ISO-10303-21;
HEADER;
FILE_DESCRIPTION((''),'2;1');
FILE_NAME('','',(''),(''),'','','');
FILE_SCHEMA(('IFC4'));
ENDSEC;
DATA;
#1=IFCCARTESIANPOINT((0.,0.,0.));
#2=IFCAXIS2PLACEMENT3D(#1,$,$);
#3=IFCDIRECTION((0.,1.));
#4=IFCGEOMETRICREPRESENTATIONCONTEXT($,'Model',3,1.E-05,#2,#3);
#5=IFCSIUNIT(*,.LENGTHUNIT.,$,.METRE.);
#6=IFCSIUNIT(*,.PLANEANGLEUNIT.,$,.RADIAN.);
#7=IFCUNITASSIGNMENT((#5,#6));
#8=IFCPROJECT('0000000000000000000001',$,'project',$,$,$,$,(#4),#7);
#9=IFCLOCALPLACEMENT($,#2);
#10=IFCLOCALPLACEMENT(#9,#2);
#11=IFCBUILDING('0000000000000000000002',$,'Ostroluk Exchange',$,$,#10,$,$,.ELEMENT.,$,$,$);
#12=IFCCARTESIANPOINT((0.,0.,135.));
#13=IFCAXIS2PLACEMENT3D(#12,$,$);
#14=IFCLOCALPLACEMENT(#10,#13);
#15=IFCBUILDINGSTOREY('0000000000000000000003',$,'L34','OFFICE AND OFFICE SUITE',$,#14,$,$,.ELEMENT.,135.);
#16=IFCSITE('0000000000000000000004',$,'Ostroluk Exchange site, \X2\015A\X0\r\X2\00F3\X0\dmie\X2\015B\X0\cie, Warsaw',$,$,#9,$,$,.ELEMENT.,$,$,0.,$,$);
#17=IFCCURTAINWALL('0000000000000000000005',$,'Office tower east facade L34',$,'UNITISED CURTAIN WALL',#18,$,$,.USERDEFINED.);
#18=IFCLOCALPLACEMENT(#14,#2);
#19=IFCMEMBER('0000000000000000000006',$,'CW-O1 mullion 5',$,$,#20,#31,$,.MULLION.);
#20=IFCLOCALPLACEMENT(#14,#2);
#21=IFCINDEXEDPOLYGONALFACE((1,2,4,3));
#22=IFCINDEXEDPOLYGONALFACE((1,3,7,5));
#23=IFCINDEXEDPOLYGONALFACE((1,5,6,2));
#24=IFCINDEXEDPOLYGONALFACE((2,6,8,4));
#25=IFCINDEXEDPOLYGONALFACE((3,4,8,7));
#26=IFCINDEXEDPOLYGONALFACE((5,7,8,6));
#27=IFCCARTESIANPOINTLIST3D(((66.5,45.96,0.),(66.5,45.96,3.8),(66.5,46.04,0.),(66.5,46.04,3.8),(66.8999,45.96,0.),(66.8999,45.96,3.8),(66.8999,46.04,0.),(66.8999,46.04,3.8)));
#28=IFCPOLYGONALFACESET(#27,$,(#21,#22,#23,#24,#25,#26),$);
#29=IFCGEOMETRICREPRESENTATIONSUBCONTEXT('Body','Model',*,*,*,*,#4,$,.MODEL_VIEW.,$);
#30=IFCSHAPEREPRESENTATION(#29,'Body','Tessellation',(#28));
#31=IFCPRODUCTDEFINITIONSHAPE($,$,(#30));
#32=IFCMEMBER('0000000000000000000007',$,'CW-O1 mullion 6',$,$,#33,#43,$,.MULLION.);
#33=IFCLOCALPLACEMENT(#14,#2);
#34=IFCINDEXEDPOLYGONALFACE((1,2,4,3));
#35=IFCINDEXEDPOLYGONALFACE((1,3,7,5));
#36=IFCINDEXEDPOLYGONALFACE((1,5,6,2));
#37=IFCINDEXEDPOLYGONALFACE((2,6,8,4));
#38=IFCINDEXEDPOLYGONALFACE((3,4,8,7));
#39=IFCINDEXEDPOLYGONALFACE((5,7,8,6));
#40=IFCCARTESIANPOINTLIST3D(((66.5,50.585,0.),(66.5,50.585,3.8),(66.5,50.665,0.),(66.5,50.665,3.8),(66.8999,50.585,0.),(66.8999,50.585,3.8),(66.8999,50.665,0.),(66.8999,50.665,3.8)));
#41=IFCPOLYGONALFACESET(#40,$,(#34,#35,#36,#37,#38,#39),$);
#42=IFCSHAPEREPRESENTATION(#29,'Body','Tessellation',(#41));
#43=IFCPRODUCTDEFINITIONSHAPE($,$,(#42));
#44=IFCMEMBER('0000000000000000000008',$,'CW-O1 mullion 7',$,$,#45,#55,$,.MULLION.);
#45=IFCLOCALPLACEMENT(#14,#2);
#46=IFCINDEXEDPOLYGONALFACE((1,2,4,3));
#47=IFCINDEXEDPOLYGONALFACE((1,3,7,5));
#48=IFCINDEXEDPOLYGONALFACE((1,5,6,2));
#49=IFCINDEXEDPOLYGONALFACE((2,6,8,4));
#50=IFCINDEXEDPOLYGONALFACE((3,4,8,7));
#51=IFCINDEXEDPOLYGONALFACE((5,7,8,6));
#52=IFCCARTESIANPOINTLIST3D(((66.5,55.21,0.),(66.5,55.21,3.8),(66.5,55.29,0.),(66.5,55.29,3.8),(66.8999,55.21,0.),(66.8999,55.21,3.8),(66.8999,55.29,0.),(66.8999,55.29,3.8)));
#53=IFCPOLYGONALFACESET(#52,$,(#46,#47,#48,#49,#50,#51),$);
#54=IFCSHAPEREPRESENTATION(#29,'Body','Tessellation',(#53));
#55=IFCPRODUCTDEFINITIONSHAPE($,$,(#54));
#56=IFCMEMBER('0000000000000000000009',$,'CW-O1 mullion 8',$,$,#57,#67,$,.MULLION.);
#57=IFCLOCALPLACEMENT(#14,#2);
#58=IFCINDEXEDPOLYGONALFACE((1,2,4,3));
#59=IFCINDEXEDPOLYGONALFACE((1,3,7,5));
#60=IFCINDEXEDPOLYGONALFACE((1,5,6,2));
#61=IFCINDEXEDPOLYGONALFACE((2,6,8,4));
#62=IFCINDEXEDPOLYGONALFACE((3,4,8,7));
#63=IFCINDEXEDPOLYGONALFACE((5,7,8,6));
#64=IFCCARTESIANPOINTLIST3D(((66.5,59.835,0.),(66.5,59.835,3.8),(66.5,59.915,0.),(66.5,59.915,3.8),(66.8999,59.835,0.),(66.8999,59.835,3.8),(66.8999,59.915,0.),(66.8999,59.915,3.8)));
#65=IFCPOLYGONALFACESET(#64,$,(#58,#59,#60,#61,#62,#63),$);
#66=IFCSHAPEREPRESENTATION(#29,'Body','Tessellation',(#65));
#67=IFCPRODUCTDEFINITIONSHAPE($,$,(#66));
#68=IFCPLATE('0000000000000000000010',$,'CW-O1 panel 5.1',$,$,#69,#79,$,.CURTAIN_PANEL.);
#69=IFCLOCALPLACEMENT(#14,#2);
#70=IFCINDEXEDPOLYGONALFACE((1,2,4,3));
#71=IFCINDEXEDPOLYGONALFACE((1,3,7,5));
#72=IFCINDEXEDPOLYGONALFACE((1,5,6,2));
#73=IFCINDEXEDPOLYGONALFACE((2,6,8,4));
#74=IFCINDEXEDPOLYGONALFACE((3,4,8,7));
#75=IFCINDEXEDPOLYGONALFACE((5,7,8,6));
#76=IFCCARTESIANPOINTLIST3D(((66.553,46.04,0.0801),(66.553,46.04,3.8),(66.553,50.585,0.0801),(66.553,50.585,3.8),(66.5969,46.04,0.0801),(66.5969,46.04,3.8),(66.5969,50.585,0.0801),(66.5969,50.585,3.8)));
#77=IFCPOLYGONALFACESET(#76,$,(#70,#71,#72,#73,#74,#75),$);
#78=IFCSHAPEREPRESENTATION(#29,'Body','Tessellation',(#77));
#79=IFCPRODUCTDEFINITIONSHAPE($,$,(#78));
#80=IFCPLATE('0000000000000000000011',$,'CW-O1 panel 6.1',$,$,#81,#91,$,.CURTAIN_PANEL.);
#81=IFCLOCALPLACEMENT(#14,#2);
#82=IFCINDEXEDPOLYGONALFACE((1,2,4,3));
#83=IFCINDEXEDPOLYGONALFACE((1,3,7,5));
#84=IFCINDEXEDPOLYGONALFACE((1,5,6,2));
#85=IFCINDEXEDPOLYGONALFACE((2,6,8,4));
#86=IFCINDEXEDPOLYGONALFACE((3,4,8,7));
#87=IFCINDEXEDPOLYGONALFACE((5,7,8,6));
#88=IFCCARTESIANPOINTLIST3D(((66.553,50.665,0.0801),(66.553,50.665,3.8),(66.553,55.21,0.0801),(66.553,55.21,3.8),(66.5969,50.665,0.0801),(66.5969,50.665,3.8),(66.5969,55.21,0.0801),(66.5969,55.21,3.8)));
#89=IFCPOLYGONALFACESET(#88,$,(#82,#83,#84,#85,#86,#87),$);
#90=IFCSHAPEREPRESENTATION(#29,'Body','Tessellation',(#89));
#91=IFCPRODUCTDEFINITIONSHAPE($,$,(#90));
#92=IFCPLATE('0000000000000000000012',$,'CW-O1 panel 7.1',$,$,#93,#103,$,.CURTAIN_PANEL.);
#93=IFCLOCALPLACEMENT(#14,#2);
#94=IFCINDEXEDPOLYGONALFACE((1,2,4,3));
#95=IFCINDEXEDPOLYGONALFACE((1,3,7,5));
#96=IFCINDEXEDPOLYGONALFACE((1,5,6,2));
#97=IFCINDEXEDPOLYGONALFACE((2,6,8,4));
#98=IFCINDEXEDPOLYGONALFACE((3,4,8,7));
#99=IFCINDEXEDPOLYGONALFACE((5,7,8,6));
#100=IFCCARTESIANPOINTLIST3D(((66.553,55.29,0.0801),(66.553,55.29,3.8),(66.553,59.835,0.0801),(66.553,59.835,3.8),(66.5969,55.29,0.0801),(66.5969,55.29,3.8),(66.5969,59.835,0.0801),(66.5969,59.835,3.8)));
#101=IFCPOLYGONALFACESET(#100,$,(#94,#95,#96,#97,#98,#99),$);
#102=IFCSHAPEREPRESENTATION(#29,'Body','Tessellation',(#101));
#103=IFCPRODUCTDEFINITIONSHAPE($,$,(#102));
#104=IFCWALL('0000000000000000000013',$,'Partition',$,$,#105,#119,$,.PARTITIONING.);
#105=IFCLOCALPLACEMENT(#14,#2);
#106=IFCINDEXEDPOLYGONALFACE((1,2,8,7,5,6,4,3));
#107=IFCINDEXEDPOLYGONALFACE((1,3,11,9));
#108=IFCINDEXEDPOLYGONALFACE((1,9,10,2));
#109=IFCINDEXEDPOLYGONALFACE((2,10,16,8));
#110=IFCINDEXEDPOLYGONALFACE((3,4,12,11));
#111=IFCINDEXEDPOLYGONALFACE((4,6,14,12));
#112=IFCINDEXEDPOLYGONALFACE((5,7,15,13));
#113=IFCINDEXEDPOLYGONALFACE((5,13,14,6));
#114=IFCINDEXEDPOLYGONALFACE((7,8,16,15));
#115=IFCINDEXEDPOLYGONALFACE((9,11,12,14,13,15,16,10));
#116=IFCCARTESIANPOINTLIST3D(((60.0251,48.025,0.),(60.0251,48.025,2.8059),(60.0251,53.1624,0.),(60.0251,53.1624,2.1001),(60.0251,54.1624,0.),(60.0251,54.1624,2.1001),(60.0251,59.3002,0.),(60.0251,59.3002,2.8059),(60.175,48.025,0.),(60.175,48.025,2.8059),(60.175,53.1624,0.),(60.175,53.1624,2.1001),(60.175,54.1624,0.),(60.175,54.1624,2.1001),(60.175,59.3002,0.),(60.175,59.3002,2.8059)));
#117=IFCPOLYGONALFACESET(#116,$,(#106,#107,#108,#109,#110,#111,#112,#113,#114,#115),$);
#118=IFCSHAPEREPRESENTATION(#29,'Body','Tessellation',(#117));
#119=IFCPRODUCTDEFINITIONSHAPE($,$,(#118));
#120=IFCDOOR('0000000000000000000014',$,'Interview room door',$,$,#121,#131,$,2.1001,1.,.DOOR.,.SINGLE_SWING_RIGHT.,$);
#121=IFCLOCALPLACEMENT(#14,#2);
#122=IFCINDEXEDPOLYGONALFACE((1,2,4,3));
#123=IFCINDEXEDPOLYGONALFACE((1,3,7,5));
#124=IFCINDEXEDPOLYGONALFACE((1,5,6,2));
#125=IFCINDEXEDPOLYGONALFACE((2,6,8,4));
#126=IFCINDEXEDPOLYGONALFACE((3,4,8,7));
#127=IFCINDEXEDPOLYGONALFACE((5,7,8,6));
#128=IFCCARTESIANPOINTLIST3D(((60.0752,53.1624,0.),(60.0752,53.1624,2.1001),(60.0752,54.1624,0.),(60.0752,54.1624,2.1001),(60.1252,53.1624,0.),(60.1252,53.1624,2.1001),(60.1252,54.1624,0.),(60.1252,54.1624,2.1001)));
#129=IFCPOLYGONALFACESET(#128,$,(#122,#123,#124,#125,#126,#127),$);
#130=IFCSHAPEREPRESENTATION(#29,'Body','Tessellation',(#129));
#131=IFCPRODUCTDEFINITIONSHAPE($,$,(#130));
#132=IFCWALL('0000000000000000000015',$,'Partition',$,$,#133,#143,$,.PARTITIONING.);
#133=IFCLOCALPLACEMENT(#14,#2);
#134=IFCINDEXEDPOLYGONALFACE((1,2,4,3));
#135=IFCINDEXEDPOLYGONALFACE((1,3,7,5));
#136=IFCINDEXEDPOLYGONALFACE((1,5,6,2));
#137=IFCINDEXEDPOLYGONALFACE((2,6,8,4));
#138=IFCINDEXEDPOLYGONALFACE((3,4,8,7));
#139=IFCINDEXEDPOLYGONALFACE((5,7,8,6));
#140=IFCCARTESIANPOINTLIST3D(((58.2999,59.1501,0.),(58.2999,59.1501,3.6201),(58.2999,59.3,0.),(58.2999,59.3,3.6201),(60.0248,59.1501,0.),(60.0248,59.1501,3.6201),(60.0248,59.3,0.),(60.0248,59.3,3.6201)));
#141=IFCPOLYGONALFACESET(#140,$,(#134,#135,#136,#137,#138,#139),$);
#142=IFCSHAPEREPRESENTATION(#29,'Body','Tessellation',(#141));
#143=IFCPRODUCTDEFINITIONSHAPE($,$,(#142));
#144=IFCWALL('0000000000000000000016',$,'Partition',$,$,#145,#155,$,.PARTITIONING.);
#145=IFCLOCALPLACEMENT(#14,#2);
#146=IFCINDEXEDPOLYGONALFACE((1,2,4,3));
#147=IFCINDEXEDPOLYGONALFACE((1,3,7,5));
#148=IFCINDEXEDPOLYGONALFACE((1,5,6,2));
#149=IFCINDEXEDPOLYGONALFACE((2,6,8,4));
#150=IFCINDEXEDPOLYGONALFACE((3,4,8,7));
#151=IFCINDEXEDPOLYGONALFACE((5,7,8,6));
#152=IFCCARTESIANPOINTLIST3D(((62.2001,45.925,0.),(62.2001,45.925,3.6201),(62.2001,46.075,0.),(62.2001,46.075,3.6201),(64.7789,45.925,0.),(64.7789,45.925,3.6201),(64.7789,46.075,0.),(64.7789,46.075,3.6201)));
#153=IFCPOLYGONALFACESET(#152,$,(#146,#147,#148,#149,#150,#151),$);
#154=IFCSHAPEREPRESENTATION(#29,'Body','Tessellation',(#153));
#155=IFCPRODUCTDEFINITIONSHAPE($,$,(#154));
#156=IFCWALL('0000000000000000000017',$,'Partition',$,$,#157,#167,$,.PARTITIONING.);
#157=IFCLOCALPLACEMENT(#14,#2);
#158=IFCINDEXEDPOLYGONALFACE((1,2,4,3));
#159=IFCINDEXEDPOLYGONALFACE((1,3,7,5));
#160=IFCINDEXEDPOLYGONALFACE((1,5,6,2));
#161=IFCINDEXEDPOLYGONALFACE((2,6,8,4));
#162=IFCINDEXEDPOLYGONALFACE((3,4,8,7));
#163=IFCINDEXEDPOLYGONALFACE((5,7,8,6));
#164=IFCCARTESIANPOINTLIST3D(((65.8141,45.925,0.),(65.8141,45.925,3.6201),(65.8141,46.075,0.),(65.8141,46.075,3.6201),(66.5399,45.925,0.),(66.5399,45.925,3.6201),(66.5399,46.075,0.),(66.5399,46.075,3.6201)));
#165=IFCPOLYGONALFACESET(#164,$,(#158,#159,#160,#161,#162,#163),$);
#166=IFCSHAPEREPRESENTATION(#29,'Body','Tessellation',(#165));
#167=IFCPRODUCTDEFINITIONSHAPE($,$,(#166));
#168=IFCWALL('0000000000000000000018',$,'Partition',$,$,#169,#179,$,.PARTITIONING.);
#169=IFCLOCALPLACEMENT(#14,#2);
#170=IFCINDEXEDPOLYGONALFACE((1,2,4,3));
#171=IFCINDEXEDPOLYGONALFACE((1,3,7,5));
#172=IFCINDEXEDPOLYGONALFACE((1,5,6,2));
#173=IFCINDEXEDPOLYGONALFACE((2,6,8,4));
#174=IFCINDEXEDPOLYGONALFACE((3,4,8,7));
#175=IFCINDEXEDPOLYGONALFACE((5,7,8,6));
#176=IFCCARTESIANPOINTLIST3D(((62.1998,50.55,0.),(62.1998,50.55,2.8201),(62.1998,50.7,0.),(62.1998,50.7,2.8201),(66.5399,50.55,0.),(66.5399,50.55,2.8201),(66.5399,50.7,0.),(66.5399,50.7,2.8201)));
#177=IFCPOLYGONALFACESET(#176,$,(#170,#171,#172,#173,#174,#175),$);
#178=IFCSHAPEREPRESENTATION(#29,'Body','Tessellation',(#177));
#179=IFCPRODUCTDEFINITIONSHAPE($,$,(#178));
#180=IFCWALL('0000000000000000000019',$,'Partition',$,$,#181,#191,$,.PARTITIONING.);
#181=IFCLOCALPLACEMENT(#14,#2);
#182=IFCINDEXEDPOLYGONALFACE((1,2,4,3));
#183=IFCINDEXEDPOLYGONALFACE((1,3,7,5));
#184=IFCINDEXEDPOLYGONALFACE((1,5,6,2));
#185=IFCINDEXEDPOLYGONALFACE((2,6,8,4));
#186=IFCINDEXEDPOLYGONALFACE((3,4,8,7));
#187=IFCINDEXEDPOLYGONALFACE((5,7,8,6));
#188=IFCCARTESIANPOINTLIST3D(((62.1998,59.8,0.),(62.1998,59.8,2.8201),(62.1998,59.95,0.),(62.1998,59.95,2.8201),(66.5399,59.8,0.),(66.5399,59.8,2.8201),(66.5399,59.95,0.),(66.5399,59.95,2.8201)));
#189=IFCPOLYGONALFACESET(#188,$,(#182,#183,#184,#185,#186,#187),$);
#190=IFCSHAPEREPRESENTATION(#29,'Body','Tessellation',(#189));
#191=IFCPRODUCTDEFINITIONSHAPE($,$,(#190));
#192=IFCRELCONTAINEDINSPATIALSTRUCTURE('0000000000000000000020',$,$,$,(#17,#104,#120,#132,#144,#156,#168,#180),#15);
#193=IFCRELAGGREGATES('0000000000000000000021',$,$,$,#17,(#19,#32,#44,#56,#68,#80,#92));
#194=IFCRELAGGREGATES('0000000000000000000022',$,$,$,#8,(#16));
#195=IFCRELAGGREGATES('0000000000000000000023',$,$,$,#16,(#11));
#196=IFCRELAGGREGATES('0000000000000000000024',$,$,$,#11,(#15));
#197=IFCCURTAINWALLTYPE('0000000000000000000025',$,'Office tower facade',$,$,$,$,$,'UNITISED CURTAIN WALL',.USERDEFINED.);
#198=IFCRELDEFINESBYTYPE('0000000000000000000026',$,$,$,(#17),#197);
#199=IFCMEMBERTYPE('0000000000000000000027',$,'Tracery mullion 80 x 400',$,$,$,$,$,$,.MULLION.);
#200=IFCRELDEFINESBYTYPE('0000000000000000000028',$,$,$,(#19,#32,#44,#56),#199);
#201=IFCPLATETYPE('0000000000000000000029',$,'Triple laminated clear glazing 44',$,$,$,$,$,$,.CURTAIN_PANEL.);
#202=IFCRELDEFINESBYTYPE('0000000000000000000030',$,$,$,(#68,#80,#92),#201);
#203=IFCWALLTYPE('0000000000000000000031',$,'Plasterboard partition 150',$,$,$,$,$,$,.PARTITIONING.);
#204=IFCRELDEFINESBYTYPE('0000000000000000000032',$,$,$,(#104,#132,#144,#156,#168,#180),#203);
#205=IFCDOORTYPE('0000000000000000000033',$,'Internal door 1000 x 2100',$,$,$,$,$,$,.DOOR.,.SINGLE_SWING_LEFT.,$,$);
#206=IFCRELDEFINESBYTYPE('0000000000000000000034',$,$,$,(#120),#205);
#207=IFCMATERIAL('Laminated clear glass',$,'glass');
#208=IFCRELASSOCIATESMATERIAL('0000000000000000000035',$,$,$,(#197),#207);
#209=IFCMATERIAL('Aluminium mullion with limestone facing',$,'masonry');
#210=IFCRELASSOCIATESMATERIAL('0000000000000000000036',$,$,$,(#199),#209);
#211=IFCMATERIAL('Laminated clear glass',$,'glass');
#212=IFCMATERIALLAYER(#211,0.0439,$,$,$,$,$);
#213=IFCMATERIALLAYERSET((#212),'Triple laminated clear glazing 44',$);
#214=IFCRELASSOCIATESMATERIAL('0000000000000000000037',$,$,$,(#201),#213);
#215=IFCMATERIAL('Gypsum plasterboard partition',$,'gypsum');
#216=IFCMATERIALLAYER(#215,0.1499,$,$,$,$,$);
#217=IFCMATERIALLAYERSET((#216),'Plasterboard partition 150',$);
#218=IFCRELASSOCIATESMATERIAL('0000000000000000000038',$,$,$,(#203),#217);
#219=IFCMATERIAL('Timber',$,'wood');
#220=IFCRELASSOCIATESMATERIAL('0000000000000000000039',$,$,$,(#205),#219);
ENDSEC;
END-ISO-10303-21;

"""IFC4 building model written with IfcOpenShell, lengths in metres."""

from ifc_helpers import new_model, si_unit, direction, frame, frame_2d, origin, origin_2d, place, context, subcontext, project, spatial, rectangle, extrude, material, layer, layer_set, material_profile, profile_set, type_object, element, fill, aggregate, save


model = new_model("IFC4")

# Units and contexts
model_context = context("Model", 3, precision=1e-05, world=origin(), true_north=direction((0.0, 1.0)))
body_context = subcontext(model_context, "Body", "Model", "MODEL_VIEW")
ifc_project = project(units=[si_unit("LENGTHUNIT", "METRE"), si_unit("PLANEANGLEUNIT", "RADIAN")], contexts=[model_context])

# Site, building, storey
site_placement = place(None, origin())
site = spatial("IfcSite", under=ifc_project, at=site_placement, Name="Ostroluk Exchange site, Śródmieście, Warsaw", CompositionType="ELEMENT", RefElevation=0.0)
building_placement = place(site_placement, origin())
building = spatial("IfcBuilding", under=site, at=building_placement, Name="Ostroluk Exchange", CompositionType="ELEMENT")
storey_placement = place(building_placement, frame((0.0, 0.0, 135.0)))
storey = spatial("IfcBuildingStorey", under=building, at=storey_placement, Name="L34", Description="OFFICE AND OFFICE SUITE", CompositionType="ELEMENT", Elevation=135.0)

# Curtain wall, members, plates
ifc_material_1 = material(Name="Laminated clear glass", Category="glass")
curtain_wall_type = type_object("IfcCurtainWallType", Name="Office tower facade", ElementType="UNITISED CURTAIN WALL", PredefinedType="USERDEFINED", material=ifc_material_1)
curtain_wall_placement = place(storey_placement, origin())
curtain_wall = element("IfcCurtainWall", 1, at=curtain_wall_placement, inside=storey, type_object=curtain_wall_type, Name="Office tower east facade L34", ObjectType="UNITISED CURTAIN WALL", PredefinedType="USERDEFINED")
ifc_material_2 = material(Name="Aluminium mullion with limestone facing", Category="masonry")
ifc_material_profile_1 = material_profile(ifc_material_2, rectangle(XDim=0.3999, YDim=0.0801, at=origin_2d()), Name="Tracery mullion 80 x 400")
ifc_profile_set_1 = profile_set([ifc_material_profile_1], Name="Aluminium mullion with limestone facing")
member_type_1 = type_object("IfcMemberType", Name="Tracery mullion 80 x 400", PredefinedType="MULLION", material=ifc_profile_set_1)
member_1_placement = place(storey_placement, frame((66.7, 46.0, 0.0), z_axis=(0.0, 0.0, 1.0), x_axis=(-1.0, 0.0, 0.0)))
member_1 = element("IfcMember", 2, at=member_1_placement, type_object=member_type_1, Name="CW-O1 mullion 5", PredefinedType="MULLION", context=body_context, shape_type="SweptSolid", body=[
    extrude(rectangle(XDim=0.3999, YDim=0.0801, at=origin_2d()), origin(), (0.0, 0.0, 1.0), 3.8),
])
member_2_placement = place(storey_placement, frame((66.7, 50.625, 0.0), z_axis=(0.0, 0.0, 1.0), x_axis=(-1.0, 0.0, 0.0)))
member_2 = element("IfcMember", 3, at=member_2_placement, type_object=member_type_1, Name="CW-O1 mullion 6", PredefinedType="MULLION", context=body_context, shape_type="SweptSolid", body=[
    extrude(rectangle(XDim=0.3999, YDim=0.0801, at=origin_2d()), origin(), (0.0, 0.0, 1.0), 3.8),
])
member_3_placement = place(storey_placement, frame((66.7, 55.25, 0.0), z_axis=(0.0, 0.0, 1.0), x_axis=(-1.0, 0.0, 0.0)))
member_3 = element("IfcMember", 4, at=member_3_placement, type_object=member_type_1, Name="CW-O1 mullion 7", PredefinedType="MULLION", context=body_context, shape_type="SweptSolid", body=[
    extrude(rectangle(XDim=0.3999, YDim=0.0801, at=origin_2d()), origin(), (0.0, 0.0, 1.0), 3.8),
])
member_4_placement = place(storey_placement, frame((66.7, 59.875, 0.0), z_axis=(0.0, 0.0, 1.0), x_axis=(-1.0, 0.0, 0.0)))
member_4 = element("IfcMember", 5, at=member_4_placement, type_object=member_type_1, Name="CW-O1 mullion 8", PredefinedType="MULLION", context=body_context, shape_type="SweptSolid", body=[
    extrude(rectangle(XDim=0.3999, YDim=0.0801, at=origin_2d()), origin(), (0.0, 0.0, 1.0), 3.8),
])
ifc_material_3 = material(Name="Laminated clear glass", Category="glass")
ifc_layer_1 = layer(ifc_material_3, 0.0439)
ifc_layer_set_1 = layer_set([ifc_layer_1], Name="Triple laminated clear glazing 44")
plate_type = type_object("IfcPlateType", Name="Triple laminated clear glazing 44", PredefinedType="CURTAIN_PANEL", material=ifc_layer_set_1)
plate_1_placement = place(storey_placement, frame((66.575, 48.3125, 0.0801), z_axis=(0.0, 0.0, 1.0), x_axis=(0.0, 1.0, 0.0)))
plate_1 = element("IfcPlate", 6, at=plate_1_placement, type_object=plate_type, Name="CW-O1 panel 5.1", PredefinedType="CURTAIN_PANEL", context=body_context, shape_type="SweptSolid", body=[
    extrude(rectangle(XDim=4.5449, YDim=0.0439, at=origin_2d()), origin(), (0.0, 0.0, 1.0), 3.72),
])
plate_2_placement = place(storey_placement, frame((66.575, 52.9375, 0.0801), z_axis=(0.0, 0.0, 1.0), x_axis=(0.0, 1.0, 0.0)))
plate_2 = element("IfcPlate", 7, at=plate_2_placement, type_object=plate_type, Name="CW-O1 panel 6.1", PredefinedType="CURTAIN_PANEL", context=body_context, shape_type="SweptSolid", body=[
    extrude(rectangle(XDim=4.5449, YDim=0.0439, at=origin_2d()), origin(), (0.0, 0.0, 1.0), 3.72),
])
plate_3_placement = place(storey_placement, frame((66.575, 57.5625, 0.0801), z_axis=(0.0, 0.0, 1.0), x_axis=(0.0, 1.0, 0.0)))
plate_3 = element("IfcPlate", 8, at=plate_3_placement, type_object=plate_type, Name="CW-O1 panel 7.1", PredefinedType="CURTAIN_PANEL", context=body_context, shape_type="SweptSolid", body=[
    extrude(rectangle(XDim=4.5449, YDim=0.0439, at=origin_2d()), origin(), (0.0, 0.0, 1.0), 3.72),
])
aggregate(curtain_wall, [member_1, member_2, member_3, member_4, plate_1, plate_2, plate_3])

# Wall, opening, door
ifc_material_4 = material(Name="Gypsum plasterboard partition", Category="gypsum")
ifc_layer_2 = layer(ifc_material_4, 0.1499)
ifc_layer_set_2 = layer_set([ifc_layer_2], Name="Plasterboard partition 150")
wall_type = type_object("IfcWallType", Name="Plasterboard partition 150", PredefinedType="PARTITIONING", material=ifc_layer_set_2)
wall_1_placement = place(storey_placement, frame((60.1001, 48.0249, 0.0), z_axis=(0.0, 0.0, 1.0), x_axis=(0.0, 1.0, 0.0)))
wall_1 = element("IfcWall", 9, at=wall_1_placement, inside=storey, type_object=wall_type, Name="Partition", PredefinedType="PARTITIONING", context=body_context, shape_type="SweptSolid", body=[
    extrude(rectangle(XDim=11.2751, YDim=0.1499, at=frame_2d((5.6377, 0.0))), origin(), (0.0, 0.0, 1.0), 2.8059),
])
opening_placement = place(wall_1_placement, frame((5.1375, 0.0, 0.0)))
opening = element("IfcOpeningElement", 10, at=opening_placement, cuts=wall_1, PredefinedType="OPENING", context=body_context, shape_type="SweptSolid", body=[
    extrude(rectangle(XDim=1.0, YDim=2.1001, at=frame_2d((0.5, 1.05))), frame((0.0, 0.085, 0.0), z_axis=(0.0, -1.0, 0.0), x_axis=(1.0, 0.0, 0.0)), (0.0, 0.0, 1.0), 0.1699),
])
ifc_material_5 = material(Name="Timber", Category="wood")
door_type = type_object("IfcDoorType", Name="Internal door 1000 x 2100", OperationType="SINGLE_SWING_LEFT", PredefinedType="DOOR", material=ifc_material_5)
door_placement = place(opening_placement, origin())
door = element("IfcDoor", 11, at=door_placement, inside=storey, type_object=door_type, Name="Interview room door", OperationType="SINGLE_SWING_RIGHT", OverallHeight=2.1001, OverallWidth=1.0, PredefinedType="DOOR", context=body_context, shape_type="SweptSolid", body=[
    extrude(rectangle(XDim=1.0, YDim=2.1001, at=frame_2d((0.5, 1.05))), frame((0.0, 0.0249, 0.0), z_axis=(0.0, -1.0, 0.0), x_axis=(1.0, 0.0, 0.0)), (0.0, 0.0, 1.0), 0.05),
])
fill(opening, door)

# Walls
wall_2_placement = place(storey_placement, frame((58.3, 59.2251, 0.0), z_axis=(0.0, 0.0, 1.0), x_axis=(1.0, 0.0, 0.0)))
element("IfcWall", 12, at=wall_2_placement, inside=storey, type_object=wall_type, Name="Partition", PredefinedType="PARTITIONING", context=body_context, shape_type="SweptSolid", body=[
    extrude(rectangle(XDim=1.7249, YDim=0.1499, at=frame_2d((0.8623, 0.0))), origin(), (0.0, 0.0, 1.0), 3.6201),
])
wall_3_placement = place(storey_placement, frame((62.2, 46.0, 0.0), z_axis=(0.0, 0.0, 1.0), x_axis=(1.0, 0.0, 0.0)))
element("IfcWall", 13, at=wall_3_placement, inside=storey, type_object=wall_type, Name="Partition", PredefinedType="PARTITIONING", context=body_context, shape_type="SweptSolid", body=[
    extrude(rectangle(XDim=2.5789, YDim=0.1499, at=frame_2d((1.2896, 0.0))), origin(), (0.0, 0.0, 1.0), 3.6201),
])
wall_4_placement = place(storey_placement, frame((65.8142, 46.0, 0.0), z_axis=(0.0, 0.0, 1.0), x_axis=(1.0, 0.0, 0.0)))
element("IfcWall", 14, at=wall_4_placement, inside=storey, type_object=wall_type, Name="Partition", PredefinedType="PARTITIONING", context=body_context, shape_type="SweptSolid", body=[
    extrude(rectangle(XDim=0.7258, YDim=0.1499, at=frame_2d((0.3628, 0.0))), origin(), (0.0, 0.0, 1.0), 3.6201),
])
for number, where, z_axis, x_axis, name in (
    (15, (62.2, 50.625, 0.0), (0.0, 0.0, 1.0), (1.0, 0.0, 0.0), "Partition"),
    (16, (62.2, 59.875, 0.0), (0.0, 0.0, 1.0), (1.0, 0.0, 0.0), "Partition"),
):
    element("IfcWall", number, at=place(storey_placement, frame(where, z_axis=z_axis, x_axis=x_axis)), inside=storey, type_object=wall_type, Name=name, PredefinedType="PARTITIONING", context=body_context, shape_type="SweptSolid", body=[
        extrude(rectangle(XDim=4.3401, YDim=0.1499, at=frame_2d((2.1699, 0.0))), origin(), (0.0, 0.0, 1.0), 2.8201),
    ])

save(model, "model.ifc")
